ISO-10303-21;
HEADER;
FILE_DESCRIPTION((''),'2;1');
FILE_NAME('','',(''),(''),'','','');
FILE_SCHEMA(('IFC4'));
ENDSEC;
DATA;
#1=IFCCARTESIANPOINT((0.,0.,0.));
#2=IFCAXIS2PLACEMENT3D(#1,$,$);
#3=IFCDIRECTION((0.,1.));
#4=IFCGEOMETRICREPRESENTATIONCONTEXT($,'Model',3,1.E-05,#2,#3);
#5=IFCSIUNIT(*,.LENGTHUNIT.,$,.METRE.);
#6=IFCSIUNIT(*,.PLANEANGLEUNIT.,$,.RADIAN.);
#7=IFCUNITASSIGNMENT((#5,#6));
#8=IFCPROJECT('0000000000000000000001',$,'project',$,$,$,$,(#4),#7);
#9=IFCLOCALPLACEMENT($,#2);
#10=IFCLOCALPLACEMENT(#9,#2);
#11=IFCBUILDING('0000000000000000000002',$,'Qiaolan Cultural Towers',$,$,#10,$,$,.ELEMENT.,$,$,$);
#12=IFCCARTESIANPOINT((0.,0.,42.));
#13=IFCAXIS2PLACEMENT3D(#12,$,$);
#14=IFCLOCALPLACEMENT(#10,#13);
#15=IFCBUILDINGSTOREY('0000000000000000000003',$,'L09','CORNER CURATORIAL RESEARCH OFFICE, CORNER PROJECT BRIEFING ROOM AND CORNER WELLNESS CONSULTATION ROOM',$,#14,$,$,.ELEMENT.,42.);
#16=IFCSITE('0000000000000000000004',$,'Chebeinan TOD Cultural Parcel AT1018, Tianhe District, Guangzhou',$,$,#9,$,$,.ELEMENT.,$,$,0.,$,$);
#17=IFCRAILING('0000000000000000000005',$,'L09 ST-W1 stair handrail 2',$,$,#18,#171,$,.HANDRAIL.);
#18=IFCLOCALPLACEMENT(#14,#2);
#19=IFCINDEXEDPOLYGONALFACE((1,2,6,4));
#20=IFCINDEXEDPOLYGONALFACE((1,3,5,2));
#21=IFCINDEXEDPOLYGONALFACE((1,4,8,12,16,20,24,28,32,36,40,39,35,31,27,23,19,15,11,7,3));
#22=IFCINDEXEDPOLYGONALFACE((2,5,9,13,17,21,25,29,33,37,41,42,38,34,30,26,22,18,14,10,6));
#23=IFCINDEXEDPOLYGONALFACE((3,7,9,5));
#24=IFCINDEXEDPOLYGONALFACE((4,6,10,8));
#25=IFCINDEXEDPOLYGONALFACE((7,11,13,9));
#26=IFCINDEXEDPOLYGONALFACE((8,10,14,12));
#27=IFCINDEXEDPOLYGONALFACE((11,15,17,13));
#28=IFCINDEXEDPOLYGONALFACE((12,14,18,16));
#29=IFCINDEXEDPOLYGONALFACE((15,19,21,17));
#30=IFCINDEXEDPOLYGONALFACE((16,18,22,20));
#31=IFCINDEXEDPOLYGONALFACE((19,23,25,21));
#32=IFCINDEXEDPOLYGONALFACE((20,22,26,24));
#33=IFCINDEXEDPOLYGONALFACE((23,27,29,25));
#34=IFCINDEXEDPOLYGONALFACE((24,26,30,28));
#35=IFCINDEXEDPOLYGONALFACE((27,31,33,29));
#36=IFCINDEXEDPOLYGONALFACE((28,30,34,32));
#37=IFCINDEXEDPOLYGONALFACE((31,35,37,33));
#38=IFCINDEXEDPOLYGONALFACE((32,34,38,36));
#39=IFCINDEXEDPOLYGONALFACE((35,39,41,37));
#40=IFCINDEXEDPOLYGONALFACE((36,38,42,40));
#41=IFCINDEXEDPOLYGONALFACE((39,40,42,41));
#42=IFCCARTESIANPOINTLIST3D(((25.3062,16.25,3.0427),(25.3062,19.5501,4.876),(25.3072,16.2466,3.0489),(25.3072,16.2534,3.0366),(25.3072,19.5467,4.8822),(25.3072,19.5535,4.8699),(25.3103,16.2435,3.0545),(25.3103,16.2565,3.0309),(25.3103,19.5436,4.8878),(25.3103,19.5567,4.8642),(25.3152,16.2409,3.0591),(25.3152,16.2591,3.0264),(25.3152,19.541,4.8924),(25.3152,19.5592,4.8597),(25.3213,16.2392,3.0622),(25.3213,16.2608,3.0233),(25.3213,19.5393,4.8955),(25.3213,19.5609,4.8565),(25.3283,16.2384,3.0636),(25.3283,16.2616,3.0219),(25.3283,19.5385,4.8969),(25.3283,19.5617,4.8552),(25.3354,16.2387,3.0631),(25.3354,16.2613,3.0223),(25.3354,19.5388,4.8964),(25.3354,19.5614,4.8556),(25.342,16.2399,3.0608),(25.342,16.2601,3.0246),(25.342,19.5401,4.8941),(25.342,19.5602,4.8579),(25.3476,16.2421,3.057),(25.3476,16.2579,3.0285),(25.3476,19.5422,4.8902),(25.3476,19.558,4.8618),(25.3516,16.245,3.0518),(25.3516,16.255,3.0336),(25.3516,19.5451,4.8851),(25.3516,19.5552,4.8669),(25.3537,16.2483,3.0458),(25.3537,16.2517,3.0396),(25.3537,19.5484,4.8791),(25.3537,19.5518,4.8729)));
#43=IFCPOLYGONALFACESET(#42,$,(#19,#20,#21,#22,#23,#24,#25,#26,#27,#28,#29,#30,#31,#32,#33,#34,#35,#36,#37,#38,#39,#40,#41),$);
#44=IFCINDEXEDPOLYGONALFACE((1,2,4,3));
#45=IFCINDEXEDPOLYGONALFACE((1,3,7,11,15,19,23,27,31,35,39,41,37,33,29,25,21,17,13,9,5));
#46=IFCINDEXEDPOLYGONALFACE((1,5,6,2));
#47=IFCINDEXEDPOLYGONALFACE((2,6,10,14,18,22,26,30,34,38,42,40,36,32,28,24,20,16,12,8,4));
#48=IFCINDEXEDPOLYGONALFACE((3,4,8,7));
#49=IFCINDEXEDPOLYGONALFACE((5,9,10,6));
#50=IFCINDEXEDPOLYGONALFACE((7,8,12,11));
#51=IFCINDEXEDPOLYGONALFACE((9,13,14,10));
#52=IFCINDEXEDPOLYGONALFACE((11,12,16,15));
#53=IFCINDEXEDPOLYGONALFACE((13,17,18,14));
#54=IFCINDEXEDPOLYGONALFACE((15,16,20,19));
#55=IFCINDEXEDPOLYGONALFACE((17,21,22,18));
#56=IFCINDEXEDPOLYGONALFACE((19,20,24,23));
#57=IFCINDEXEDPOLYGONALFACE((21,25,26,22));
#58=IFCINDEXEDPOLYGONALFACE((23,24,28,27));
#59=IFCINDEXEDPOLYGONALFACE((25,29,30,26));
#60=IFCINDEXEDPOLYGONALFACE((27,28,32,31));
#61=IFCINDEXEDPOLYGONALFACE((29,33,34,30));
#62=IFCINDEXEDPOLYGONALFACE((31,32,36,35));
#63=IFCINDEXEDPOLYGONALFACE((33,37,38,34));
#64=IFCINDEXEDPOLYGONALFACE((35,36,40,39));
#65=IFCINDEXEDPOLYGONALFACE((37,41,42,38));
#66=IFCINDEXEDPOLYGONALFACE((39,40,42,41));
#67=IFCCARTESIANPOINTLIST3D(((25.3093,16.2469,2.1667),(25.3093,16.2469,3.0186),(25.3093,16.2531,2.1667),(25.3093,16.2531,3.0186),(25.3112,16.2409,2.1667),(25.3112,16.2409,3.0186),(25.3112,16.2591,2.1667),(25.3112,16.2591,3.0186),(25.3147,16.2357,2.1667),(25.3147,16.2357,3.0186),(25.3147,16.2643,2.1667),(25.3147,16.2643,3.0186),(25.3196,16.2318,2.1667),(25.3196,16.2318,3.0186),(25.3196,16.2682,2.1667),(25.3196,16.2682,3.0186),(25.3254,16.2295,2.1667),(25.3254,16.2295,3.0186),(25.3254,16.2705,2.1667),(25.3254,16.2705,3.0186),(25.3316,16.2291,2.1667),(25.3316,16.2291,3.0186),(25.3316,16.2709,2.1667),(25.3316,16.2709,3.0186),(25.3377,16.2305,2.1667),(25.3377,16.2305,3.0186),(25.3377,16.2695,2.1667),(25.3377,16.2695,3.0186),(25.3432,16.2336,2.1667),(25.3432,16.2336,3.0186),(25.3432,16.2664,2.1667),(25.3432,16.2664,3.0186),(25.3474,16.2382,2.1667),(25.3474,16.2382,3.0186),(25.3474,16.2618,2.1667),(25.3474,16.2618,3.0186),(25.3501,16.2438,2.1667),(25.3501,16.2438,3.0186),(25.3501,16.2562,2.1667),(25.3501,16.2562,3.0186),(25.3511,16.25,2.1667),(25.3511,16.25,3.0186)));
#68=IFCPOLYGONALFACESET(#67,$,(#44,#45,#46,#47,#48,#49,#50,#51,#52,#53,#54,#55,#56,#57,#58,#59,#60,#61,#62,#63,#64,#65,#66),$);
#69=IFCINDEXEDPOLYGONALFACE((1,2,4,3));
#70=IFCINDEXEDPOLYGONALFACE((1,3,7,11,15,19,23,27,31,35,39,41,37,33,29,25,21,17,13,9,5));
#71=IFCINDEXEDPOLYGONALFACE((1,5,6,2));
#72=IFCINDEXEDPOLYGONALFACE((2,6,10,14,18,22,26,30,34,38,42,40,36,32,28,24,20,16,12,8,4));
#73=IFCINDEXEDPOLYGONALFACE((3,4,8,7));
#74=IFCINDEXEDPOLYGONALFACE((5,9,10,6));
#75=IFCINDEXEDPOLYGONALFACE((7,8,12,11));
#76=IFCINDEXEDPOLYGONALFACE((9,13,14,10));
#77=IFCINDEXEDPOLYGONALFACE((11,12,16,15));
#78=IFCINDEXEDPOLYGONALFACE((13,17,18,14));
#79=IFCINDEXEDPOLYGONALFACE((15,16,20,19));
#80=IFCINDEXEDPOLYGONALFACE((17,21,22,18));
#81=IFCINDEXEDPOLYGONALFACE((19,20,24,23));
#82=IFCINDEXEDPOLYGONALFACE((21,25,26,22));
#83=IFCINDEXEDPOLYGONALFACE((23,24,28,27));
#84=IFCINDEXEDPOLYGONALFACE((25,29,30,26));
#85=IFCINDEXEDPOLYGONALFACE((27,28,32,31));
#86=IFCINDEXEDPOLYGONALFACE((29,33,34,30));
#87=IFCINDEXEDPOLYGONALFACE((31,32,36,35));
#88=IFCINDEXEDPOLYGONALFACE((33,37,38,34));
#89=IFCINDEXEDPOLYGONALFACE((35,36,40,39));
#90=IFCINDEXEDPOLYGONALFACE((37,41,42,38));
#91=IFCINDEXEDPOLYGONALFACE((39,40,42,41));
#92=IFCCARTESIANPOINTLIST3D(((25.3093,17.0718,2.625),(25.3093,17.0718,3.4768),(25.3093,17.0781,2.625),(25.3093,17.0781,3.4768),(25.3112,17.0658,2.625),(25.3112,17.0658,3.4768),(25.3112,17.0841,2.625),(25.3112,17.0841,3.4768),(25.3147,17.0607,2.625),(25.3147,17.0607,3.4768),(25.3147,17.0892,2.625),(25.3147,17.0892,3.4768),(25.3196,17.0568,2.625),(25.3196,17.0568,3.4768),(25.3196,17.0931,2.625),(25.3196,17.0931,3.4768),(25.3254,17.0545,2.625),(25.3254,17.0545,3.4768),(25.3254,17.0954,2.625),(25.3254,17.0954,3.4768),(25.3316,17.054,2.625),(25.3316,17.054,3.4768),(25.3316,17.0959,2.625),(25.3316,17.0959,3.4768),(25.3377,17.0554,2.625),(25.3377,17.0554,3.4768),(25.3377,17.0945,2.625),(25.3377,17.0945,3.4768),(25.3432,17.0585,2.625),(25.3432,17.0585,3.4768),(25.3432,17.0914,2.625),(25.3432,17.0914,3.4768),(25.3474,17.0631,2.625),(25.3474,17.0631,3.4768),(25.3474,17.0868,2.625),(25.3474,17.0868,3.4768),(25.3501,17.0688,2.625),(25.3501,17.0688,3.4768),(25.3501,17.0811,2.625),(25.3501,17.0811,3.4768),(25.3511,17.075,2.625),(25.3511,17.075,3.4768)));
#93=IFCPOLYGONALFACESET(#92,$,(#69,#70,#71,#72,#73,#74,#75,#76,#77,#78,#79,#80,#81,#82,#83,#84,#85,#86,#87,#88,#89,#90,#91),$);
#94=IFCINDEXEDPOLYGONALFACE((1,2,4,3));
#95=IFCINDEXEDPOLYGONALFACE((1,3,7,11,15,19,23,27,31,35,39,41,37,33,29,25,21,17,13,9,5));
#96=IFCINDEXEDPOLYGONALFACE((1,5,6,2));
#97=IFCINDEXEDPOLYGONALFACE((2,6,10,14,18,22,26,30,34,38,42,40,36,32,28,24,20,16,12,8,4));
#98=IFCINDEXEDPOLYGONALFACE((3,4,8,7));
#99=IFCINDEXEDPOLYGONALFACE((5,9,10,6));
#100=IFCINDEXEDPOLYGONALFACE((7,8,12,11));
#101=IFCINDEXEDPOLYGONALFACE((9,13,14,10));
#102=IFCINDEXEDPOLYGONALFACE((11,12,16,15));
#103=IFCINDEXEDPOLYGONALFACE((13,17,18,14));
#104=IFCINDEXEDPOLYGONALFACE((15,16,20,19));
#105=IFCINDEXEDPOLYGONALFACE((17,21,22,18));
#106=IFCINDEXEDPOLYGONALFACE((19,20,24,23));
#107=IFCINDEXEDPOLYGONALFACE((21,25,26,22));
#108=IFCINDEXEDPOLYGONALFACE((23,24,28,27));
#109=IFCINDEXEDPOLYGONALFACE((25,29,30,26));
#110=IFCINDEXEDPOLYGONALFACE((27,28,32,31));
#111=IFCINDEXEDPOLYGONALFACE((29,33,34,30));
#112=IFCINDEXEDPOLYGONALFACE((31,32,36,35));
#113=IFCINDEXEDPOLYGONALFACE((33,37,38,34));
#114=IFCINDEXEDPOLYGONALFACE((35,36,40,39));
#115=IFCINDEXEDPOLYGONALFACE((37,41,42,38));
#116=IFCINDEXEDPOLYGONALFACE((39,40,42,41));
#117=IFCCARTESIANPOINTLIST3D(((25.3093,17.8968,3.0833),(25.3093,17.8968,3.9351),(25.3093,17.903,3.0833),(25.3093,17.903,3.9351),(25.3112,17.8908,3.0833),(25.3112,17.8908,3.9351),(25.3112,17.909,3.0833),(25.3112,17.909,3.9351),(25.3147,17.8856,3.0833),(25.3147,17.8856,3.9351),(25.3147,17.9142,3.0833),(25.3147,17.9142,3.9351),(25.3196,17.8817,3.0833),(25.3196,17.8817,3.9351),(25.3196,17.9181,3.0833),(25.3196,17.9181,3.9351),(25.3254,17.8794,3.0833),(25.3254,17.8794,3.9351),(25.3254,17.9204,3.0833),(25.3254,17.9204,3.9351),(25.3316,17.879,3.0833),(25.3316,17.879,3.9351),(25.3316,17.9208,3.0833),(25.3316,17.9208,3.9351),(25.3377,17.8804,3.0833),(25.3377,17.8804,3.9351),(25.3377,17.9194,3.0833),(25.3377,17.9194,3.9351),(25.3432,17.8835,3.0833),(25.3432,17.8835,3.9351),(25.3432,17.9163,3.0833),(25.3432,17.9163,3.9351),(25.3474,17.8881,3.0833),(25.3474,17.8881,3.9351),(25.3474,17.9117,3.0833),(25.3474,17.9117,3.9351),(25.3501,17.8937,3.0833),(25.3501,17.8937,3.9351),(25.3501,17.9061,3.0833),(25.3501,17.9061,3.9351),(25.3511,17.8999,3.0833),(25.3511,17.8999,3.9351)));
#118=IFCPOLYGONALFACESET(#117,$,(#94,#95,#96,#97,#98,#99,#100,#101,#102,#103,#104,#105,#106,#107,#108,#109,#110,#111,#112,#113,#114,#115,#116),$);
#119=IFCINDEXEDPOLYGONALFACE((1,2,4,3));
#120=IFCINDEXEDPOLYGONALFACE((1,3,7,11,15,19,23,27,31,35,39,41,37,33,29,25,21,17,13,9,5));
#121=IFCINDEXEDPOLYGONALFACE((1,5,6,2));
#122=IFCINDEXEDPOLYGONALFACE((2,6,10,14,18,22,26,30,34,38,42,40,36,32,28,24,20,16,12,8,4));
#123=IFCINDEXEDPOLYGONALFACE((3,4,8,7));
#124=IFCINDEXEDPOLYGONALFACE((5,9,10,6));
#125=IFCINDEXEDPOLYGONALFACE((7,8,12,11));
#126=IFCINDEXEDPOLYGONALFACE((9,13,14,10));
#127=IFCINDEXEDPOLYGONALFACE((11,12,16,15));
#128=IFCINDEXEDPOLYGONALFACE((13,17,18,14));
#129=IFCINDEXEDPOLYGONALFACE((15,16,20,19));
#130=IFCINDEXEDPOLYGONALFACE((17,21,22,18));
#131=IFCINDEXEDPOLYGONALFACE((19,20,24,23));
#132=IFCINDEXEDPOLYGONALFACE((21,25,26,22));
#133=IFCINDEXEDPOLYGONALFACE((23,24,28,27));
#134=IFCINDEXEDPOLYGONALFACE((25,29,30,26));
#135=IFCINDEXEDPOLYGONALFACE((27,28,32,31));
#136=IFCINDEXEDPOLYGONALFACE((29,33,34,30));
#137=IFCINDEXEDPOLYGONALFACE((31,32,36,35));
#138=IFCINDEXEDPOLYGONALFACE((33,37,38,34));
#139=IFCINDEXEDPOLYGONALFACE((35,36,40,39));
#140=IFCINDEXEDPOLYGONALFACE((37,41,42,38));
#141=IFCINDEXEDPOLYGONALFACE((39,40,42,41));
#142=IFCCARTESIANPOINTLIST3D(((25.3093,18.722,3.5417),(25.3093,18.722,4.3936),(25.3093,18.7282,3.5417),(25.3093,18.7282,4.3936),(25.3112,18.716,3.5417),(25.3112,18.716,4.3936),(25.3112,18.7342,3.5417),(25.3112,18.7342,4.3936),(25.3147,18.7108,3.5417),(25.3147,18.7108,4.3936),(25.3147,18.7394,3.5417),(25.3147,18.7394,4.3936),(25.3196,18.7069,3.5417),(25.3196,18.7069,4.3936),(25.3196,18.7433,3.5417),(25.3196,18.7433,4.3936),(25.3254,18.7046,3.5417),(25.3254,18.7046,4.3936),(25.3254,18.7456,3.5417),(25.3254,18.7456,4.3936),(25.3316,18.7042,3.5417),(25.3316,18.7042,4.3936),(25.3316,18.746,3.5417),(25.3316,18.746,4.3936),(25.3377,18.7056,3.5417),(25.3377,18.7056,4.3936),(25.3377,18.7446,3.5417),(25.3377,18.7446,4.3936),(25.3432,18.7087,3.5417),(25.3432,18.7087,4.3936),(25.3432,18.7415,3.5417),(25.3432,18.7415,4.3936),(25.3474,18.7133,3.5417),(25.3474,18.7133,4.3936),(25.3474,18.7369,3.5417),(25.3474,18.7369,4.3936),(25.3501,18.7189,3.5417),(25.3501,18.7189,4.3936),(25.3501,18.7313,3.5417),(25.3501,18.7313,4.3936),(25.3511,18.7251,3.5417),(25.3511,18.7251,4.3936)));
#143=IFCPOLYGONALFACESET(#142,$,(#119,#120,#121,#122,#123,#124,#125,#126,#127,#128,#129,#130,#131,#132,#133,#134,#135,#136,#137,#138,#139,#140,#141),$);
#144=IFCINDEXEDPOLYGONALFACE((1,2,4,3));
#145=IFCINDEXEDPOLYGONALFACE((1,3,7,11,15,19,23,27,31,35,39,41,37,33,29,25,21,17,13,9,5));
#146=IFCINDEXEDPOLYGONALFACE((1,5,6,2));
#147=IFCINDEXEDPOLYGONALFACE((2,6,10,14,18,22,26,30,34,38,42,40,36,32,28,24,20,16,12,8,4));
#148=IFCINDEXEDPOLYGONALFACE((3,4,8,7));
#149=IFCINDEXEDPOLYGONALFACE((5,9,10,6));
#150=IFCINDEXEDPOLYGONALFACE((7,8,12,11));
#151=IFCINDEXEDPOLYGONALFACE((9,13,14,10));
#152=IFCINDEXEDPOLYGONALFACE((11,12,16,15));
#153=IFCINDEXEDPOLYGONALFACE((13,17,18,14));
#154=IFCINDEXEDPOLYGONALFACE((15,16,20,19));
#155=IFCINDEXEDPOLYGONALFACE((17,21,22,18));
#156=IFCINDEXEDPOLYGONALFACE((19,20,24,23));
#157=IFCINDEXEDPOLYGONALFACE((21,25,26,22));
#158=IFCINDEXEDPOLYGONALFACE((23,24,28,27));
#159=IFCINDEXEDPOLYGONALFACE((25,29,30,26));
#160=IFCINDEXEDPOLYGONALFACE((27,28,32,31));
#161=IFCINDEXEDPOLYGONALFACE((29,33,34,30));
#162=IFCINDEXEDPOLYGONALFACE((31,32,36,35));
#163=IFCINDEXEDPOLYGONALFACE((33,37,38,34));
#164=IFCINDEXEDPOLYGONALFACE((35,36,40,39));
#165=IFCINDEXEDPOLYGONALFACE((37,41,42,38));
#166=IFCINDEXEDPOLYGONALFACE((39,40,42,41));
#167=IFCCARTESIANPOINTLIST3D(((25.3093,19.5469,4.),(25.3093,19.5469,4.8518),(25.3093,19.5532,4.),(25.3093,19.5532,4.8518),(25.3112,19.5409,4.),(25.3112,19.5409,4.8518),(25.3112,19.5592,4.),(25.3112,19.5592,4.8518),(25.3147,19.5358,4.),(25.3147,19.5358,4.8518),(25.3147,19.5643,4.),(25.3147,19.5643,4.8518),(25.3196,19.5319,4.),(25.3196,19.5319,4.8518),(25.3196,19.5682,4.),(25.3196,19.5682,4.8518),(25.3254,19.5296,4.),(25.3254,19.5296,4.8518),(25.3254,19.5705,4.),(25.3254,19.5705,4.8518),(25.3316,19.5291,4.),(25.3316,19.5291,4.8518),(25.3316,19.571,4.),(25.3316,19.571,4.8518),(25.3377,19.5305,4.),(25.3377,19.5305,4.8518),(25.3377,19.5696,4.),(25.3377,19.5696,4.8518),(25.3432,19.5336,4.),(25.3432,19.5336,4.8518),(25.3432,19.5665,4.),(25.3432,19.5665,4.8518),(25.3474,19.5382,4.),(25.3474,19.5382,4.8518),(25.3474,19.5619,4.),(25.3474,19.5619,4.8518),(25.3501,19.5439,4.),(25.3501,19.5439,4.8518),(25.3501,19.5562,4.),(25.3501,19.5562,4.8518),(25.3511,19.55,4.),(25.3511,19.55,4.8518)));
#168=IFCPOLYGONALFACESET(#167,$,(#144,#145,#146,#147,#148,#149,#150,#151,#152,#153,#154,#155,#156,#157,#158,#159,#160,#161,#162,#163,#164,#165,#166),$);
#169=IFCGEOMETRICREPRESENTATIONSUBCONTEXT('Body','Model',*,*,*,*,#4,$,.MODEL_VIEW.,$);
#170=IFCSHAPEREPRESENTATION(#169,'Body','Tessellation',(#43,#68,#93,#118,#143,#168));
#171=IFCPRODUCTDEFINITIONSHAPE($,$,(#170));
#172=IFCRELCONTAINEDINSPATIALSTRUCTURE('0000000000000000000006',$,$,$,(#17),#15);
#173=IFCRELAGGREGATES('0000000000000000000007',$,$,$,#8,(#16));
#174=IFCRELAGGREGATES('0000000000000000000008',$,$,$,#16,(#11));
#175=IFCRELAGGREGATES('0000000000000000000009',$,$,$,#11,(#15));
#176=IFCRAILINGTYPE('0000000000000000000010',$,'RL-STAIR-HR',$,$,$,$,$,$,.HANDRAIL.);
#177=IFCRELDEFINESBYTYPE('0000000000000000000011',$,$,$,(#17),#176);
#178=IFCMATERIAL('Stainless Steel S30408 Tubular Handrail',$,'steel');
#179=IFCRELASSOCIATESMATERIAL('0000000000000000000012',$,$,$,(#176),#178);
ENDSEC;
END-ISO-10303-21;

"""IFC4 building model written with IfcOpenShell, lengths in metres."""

from ifc_helpers import new_model, si_unit, direction, frame, origin, origin_2d, place, context, subcontext, project, spatial, circle, extrude, material, type_object, element, save


model = new_model("IFC4")

# Units and contexts
model_context = context("Model", 3, precision=1e-05, world=origin(), true_north=direction((0.0, 1.0)))
body_context = subcontext(model_context, "Body", "Model", "MODEL_VIEW")
ifc_project = project(units=[si_unit("LENGTHUNIT", "METRE"), si_unit("PLANEANGLEUNIT", "RADIAN")], contexts=[model_context])

# Site, building, storey
site_placement = place(None, origin())
site = spatial("IfcSite", under=ifc_project, at=site_placement, Name="Chebeinan TOD Cultural Parcel AT1018, Tianhe District, Guangzhou", CompositionType="ELEMENT", RefElevation=0.0)
building_placement = place(site_placement, origin())
building = spatial("IfcBuilding", under=site, at=building_placement, Name="Qiaolan Cultural Towers", CompositionType="ELEMENT")
storey_placement = place(building_placement, frame((0.0, 0.0, 42.0)))
storey = spatial("IfcBuildingStorey", under=building, at=storey_placement, Name="L09", Description="CORNER CURATORIAL RESEARCH OFFICE, CORNER PROJECT BRIEFING ROOM AND CORNER WELLNESS CONSULTATION ROOM", CompositionType="ELEMENT", Elevation=42.0)

# Railing
ifc_material_1 = material(Name="Stainless Steel S30408 Tubular Handrail", Category="steel")
railing_type_1 = type_object("IfcRailingType", Name="RL-STAIR-HR", PredefinedType="HANDRAIL", material=ifc_material_1)
railing_1_placement = place(storey_placement, frame((25.3301, 16.25, 2.1667)))
element("IfcRailing", 1, at=railing_1_placement, inside=storey, type_object=railing_type_1, Name="L09 ST-W1 stair handrail 2", PredefinedType="HANDRAIL", context=body_context, shape_type="SweptSolid", body=[
    extrude(circle(Radius=0.0239, at=origin_2d()), frame((0.0, 0.0, 0.876), z_axis=(0.0, 0.874169, 0.485621), x_axis=(-1.0, 0.0, 0.0)), (0.0, 0.0, 1.0), 3.7751),
    extrude(circle(Radius=0.021, at=origin_2d()), origin(), (0.0, 0.0, 1.0), 0.8518),
    extrude(circle(Radius=0.021, at=origin_2d()), frame((0.0, 0.825, 0.4583)), (0.0, 0.0, 1.0), 0.8518),
    extrude(circle(Radius=0.021, at=origin_2d()), frame((0.0, 1.6499, 0.9165)), (0.0, 0.0, 1.0), 0.8518),
    extrude(circle(Radius=0.021, at=origin_2d()), frame((0.0, 2.4751, 1.375)), (0.0, 0.0, 1.0), 0.8518),
    extrude(circle(Radius=0.021, at=origin_2d()), frame((0.0, 3.3, 1.8333)), (0.0, 0.0, 1.0), 0.8518),
])

save(model, "model.ifc")
